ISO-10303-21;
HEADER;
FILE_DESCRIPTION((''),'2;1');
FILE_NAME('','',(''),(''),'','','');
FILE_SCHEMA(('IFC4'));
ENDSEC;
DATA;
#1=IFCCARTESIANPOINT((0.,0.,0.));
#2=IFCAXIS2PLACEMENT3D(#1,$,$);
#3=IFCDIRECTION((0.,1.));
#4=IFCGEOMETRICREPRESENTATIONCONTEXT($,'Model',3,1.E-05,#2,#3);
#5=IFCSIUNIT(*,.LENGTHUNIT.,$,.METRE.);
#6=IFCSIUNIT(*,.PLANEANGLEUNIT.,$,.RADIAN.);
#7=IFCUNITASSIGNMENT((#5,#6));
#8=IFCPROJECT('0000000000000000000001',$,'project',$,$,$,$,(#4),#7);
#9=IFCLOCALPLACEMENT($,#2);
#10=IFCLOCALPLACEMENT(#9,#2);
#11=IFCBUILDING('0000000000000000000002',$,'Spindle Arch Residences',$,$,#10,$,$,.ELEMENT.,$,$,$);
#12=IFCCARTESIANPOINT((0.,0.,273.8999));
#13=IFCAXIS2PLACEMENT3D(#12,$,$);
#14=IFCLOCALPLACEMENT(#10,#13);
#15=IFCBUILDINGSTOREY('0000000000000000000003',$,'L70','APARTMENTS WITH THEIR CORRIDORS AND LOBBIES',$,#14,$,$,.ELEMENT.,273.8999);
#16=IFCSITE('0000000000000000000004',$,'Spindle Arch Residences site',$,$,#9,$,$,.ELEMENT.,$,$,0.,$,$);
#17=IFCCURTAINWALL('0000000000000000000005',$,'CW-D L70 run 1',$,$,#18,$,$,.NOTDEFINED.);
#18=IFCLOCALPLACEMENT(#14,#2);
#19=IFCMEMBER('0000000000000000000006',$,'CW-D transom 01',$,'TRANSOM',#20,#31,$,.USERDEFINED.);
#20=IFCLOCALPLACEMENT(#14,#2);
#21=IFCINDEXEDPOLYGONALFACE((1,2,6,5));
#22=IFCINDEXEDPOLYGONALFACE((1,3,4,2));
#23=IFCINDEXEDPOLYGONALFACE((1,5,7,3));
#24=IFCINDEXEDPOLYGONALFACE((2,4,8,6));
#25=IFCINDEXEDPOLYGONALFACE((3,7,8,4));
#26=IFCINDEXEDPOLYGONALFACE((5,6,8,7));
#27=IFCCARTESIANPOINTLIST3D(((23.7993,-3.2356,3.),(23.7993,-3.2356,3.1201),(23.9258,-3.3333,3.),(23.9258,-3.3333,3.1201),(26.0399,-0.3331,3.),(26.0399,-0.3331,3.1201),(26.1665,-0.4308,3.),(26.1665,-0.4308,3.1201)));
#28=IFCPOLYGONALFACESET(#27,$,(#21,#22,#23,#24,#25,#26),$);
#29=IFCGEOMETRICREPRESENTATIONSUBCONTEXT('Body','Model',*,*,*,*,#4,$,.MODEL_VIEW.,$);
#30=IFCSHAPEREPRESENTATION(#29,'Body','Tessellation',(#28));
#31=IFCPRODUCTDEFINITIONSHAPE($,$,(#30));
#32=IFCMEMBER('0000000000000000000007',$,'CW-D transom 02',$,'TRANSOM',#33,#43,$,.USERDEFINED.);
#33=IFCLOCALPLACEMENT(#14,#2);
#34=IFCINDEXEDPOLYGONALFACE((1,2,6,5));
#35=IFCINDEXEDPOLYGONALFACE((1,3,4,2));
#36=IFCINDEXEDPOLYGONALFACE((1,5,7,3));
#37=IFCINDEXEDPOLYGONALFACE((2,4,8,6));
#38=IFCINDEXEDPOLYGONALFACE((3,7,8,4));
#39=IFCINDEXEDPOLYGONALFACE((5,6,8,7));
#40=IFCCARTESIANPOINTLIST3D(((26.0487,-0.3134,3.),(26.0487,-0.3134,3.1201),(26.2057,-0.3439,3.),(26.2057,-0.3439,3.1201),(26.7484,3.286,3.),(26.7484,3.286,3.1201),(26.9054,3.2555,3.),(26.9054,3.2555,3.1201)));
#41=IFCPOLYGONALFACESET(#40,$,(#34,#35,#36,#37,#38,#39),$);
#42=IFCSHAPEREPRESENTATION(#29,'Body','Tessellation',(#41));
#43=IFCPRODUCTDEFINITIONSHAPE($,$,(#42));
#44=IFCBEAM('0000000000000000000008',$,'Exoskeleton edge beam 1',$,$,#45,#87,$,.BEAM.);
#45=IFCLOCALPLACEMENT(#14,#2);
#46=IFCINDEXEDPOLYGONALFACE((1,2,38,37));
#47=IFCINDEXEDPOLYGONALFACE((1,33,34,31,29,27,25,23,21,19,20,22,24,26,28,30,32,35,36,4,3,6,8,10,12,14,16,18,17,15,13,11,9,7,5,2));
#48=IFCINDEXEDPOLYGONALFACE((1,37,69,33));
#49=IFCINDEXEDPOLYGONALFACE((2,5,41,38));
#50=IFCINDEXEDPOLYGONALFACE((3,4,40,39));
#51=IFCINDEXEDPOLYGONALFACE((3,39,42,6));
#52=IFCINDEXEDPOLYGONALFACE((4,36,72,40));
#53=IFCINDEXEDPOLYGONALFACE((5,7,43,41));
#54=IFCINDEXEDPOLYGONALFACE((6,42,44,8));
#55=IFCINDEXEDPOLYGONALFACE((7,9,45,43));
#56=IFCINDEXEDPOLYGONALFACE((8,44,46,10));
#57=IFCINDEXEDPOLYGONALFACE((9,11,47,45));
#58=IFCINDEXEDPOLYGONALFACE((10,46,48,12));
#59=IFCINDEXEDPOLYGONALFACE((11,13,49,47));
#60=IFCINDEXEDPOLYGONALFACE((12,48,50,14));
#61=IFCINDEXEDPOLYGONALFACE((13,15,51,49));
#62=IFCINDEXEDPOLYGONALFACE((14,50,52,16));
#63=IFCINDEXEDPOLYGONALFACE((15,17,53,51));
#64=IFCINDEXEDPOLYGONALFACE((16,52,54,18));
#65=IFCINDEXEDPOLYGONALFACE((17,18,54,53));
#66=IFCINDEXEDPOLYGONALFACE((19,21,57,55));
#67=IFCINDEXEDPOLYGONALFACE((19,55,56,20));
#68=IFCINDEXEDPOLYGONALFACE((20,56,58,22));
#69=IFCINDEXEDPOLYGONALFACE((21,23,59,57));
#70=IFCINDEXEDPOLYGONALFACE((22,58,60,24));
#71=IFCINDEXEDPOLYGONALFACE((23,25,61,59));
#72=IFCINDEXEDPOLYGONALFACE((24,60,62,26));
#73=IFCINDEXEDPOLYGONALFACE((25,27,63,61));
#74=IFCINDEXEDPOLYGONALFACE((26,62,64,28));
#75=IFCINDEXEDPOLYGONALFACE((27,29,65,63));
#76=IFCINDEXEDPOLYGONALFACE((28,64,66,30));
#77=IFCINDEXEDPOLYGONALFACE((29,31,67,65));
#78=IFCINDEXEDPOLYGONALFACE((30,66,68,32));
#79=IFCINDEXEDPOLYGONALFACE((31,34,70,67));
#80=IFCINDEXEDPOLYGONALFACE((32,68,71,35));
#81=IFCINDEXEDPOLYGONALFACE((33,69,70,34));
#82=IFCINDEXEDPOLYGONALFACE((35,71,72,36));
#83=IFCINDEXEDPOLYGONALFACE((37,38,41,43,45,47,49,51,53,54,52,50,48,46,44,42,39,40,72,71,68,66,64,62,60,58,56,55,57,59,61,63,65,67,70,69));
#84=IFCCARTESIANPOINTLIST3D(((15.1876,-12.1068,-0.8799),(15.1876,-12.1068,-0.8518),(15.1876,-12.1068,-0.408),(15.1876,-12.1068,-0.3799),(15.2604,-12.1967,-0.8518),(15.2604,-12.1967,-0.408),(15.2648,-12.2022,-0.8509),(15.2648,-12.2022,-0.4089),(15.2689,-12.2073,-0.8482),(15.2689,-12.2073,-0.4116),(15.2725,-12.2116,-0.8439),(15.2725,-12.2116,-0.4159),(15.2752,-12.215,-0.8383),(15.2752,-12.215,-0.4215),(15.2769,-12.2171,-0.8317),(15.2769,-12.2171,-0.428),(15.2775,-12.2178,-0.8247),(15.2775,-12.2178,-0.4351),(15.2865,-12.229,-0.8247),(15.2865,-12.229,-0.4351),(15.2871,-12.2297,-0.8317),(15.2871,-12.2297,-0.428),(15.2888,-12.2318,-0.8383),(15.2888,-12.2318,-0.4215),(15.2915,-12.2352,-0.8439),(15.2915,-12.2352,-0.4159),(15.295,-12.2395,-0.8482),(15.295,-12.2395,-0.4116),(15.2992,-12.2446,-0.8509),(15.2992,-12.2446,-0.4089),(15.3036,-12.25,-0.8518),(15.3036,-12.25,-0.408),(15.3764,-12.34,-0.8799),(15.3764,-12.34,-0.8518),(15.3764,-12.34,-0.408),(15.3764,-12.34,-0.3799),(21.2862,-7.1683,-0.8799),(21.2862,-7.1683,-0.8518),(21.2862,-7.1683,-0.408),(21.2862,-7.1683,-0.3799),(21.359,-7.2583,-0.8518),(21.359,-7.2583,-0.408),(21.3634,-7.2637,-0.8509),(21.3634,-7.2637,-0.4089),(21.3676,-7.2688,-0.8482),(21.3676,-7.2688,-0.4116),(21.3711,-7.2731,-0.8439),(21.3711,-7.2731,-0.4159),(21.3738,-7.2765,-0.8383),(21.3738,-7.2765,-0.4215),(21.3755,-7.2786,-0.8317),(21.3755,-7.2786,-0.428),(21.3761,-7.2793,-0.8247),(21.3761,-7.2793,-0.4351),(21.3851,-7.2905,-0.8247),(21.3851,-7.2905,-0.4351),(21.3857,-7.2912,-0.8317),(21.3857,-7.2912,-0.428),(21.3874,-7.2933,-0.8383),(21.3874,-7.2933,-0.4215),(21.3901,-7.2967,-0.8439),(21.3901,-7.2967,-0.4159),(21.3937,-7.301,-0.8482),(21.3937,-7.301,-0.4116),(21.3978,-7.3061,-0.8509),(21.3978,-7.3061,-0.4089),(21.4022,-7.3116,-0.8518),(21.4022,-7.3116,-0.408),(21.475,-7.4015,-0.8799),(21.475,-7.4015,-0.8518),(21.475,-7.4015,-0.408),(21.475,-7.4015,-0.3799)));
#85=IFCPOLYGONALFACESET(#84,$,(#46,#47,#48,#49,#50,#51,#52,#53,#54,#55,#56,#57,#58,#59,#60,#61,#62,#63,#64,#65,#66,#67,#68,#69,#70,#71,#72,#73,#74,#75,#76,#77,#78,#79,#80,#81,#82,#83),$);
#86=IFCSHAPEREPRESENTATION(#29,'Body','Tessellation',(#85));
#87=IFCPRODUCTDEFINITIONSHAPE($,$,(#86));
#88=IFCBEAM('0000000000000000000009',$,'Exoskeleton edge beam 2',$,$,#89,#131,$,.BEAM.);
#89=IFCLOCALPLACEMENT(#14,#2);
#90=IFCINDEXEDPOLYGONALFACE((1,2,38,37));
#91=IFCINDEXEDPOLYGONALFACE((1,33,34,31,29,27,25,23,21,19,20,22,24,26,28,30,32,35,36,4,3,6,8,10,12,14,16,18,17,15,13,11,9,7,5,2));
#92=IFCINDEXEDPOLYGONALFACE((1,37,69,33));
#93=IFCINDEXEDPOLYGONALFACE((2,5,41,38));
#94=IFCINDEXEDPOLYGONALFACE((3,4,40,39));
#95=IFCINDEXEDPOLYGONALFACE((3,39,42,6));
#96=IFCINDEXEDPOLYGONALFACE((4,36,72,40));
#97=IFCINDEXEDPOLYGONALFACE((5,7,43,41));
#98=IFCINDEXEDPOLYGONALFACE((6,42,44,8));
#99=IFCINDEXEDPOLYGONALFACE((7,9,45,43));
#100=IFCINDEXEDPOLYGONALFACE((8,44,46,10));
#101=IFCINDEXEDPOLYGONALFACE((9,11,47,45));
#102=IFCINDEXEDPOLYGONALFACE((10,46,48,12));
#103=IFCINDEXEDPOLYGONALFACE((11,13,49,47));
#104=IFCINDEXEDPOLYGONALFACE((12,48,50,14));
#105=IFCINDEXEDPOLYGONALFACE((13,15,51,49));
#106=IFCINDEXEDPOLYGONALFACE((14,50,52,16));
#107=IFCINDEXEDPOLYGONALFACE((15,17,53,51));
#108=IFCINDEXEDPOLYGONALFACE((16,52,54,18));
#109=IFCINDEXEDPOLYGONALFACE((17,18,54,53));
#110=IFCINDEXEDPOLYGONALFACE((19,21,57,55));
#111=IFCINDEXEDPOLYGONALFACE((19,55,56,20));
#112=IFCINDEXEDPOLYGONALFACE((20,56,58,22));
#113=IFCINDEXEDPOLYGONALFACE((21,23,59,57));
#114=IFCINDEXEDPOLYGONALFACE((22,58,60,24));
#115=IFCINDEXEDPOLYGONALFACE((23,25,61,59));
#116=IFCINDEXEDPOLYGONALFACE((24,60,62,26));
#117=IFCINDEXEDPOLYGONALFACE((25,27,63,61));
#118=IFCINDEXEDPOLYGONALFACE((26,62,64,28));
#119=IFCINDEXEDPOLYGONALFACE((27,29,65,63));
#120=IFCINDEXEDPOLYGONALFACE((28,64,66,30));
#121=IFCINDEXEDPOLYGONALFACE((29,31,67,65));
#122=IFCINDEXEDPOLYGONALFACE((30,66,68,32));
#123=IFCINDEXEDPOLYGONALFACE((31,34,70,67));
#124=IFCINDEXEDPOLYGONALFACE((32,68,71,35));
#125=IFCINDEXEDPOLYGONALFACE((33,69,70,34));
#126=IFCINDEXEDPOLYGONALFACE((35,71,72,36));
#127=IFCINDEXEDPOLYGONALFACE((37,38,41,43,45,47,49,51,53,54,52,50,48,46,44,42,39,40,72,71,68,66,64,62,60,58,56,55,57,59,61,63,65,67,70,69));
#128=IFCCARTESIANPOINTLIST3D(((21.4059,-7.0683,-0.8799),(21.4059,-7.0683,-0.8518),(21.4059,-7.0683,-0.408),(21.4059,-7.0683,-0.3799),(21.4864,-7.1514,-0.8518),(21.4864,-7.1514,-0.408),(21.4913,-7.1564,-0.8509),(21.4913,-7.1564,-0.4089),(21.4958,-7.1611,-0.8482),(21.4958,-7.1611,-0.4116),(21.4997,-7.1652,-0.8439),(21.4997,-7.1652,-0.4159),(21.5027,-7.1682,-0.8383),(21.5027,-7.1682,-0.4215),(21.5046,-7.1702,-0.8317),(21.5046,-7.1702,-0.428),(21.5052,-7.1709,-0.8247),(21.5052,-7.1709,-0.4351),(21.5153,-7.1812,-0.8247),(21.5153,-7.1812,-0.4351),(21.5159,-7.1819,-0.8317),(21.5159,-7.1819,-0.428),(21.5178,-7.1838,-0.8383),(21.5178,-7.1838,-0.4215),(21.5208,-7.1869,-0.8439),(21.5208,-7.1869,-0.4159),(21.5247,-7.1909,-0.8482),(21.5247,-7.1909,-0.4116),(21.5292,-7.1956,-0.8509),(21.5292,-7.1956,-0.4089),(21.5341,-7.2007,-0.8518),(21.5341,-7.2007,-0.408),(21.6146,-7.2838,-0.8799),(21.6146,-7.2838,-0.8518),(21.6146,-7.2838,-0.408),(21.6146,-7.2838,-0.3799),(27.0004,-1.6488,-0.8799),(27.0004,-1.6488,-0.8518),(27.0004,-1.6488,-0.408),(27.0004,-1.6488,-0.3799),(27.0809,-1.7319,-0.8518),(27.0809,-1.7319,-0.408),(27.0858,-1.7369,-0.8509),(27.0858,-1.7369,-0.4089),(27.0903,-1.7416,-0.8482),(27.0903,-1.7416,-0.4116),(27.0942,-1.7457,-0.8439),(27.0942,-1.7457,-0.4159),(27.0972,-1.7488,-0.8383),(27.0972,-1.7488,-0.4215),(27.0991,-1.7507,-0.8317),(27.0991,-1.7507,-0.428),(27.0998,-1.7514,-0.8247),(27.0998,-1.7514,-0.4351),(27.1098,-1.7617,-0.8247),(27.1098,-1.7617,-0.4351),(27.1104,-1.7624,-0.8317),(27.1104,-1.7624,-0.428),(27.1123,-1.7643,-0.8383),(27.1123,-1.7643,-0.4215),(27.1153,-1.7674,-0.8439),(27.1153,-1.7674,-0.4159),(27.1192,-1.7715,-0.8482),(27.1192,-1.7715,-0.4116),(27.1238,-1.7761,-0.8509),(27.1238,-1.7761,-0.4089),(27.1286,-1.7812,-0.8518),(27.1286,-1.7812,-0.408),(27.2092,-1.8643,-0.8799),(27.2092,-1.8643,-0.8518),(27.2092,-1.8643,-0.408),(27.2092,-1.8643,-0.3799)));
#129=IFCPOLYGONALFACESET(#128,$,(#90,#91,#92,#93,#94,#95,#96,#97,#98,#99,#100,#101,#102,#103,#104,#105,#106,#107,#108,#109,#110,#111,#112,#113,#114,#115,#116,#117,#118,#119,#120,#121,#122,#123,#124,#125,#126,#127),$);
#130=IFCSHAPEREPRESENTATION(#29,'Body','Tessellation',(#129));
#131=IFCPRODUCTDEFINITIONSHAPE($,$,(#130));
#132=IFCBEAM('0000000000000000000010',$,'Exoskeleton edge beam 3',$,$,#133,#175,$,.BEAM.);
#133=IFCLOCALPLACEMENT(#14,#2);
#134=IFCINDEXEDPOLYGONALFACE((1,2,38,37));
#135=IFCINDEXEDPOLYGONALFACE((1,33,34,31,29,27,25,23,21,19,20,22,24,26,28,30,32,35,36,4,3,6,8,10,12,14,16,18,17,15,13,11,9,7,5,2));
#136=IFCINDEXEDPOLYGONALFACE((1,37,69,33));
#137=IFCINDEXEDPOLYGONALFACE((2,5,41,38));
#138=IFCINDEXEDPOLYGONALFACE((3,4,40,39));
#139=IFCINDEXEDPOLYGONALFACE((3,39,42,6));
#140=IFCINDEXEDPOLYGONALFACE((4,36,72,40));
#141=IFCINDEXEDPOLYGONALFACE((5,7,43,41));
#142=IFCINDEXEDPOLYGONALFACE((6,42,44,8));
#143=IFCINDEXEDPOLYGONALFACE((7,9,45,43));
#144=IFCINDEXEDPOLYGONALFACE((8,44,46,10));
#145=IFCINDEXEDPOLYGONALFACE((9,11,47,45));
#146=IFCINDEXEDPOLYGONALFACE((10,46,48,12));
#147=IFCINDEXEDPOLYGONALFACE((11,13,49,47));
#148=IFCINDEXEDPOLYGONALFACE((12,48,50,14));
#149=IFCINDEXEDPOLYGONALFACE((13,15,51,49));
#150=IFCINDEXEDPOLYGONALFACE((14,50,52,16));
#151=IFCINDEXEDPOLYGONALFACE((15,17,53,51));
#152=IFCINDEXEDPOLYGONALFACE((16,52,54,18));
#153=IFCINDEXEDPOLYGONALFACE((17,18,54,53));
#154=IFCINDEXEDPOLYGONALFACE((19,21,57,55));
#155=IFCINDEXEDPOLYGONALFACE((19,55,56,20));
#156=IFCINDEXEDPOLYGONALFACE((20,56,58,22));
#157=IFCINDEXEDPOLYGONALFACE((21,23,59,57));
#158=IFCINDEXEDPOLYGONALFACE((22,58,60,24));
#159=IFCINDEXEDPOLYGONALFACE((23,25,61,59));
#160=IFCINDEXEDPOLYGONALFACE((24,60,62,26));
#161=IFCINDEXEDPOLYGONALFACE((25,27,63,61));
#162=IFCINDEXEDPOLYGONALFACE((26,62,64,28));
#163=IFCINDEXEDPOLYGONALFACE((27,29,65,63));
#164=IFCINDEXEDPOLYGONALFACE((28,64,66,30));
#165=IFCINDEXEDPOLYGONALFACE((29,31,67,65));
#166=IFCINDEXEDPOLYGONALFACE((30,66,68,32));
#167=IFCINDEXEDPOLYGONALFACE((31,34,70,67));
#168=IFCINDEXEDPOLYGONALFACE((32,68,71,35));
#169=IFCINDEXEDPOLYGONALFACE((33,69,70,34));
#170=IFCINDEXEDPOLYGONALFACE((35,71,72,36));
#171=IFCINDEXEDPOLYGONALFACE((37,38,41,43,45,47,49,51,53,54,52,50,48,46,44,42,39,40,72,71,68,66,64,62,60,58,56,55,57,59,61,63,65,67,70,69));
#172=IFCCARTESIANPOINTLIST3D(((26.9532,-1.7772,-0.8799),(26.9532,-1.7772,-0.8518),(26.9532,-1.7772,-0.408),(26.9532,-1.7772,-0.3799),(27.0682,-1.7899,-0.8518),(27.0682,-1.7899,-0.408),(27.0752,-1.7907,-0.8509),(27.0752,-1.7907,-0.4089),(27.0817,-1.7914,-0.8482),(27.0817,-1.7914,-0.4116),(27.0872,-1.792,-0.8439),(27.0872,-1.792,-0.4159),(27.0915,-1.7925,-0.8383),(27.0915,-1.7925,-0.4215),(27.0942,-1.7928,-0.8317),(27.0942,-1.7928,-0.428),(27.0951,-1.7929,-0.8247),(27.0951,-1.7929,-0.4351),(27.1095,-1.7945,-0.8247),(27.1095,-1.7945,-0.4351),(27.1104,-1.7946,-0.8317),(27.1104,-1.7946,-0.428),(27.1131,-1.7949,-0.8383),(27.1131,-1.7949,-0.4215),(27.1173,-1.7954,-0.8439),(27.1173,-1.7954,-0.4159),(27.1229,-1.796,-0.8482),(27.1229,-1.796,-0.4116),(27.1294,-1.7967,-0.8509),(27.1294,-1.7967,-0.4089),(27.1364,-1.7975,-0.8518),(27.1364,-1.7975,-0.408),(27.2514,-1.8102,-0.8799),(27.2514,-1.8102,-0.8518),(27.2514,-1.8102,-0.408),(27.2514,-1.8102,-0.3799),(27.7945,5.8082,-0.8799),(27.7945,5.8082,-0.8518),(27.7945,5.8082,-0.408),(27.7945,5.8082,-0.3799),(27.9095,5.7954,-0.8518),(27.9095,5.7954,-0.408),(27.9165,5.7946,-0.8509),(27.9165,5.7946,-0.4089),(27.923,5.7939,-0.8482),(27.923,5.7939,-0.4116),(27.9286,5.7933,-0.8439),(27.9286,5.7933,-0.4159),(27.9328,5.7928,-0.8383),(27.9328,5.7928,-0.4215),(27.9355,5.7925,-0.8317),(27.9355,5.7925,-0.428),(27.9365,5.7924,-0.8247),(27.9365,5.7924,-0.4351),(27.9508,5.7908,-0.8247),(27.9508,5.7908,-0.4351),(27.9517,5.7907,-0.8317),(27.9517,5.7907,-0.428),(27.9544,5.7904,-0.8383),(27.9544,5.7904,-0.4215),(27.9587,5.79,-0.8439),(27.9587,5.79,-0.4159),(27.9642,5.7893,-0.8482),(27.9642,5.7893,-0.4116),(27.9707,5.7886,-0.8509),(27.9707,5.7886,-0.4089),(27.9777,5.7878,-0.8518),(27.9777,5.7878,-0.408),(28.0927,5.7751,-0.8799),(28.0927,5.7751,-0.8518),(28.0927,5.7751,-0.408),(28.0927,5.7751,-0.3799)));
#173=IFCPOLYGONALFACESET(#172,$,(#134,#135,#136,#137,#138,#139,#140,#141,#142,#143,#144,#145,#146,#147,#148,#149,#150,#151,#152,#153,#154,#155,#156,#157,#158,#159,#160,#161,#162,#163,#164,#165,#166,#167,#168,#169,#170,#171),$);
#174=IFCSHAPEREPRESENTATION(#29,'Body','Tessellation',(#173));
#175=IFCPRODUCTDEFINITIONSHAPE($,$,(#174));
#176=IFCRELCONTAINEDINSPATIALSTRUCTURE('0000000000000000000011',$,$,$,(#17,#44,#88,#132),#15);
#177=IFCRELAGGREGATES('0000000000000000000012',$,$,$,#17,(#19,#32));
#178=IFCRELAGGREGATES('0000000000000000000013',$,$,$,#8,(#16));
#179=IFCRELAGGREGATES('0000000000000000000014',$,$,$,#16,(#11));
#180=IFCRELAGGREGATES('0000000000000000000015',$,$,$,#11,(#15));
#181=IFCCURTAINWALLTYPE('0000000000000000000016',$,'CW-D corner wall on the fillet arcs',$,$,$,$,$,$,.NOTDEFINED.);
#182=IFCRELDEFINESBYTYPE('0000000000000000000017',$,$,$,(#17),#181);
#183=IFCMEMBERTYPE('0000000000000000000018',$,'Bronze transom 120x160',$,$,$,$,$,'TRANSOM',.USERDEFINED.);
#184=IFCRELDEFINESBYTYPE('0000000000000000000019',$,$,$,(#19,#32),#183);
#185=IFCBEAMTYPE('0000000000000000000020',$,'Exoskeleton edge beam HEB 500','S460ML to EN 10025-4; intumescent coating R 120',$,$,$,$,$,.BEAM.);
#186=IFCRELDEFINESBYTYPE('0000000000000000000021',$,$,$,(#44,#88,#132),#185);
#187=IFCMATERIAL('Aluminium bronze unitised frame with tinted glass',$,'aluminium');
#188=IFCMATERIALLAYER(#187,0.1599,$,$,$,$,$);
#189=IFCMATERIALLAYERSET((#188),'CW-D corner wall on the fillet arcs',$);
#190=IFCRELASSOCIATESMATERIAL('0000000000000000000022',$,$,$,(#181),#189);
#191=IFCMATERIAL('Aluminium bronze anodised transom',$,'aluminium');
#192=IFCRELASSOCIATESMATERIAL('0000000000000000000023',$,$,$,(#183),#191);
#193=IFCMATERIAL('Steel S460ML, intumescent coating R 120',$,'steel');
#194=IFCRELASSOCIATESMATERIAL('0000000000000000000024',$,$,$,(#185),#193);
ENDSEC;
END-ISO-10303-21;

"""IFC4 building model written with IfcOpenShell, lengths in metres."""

from ifc_helpers import new_model, si_unit, direction, frame, origin, origin_2d, place, context, subcontext, project, spatial, rectangle, i_section, extrude, material, layer, layer_set, material_profile, profile_set, type_object, element, aggregate, save


model = new_model("IFC4")

# Units and contexts
model_context = context("Model", 3, precision=1e-05, world=origin(), true_north=direction((0.0, 1.0)))
body_context = subcontext(model_context, "Body", "Model", "MODEL_VIEW")
ifc_project = project(units=[si_unit("LENGTHUNIT", "METRE"), si_unit("PLANEANGLEUNIT", "RADIAN")], contexts=[model_context])

# Site, building, storey
site_placement = place(None, origin())
site = spatial("IfcSite", under=ifc_project, at=site_placement, Name="Spindle Arch Residences site", CompositionType="ELEMENT", RefElevation=0.0)
building_placement = place(site_placement, origin())
building = spatial("IfcBuilding", under=site, at=building_placement, Name="Spindle Arch Residences", CompositionType="ELEMENT")
storey_placement = place(building_placement, frame((0.0, 0.0, 273.8999)))
storey = spatial("IfcBuildingStorey", under=building, at=storey_placement, Name="L70", Description="APARTMENTS WITH THEIR CORRIDORS AND LOBBIES", CompositionType="ELEMENT", Elevation=273.8999)

# Curtain wall, members
ifc_material_1 = material(Name="Aluminium bronze unitised frame with tinted glass", Category="aluminium")
ifc_layer_1 = layer(ifc_material_1, 0.1599)
ifc_layer_set_1 = layer_set([ifc_layer_1], Name="CW-D corner wall on the fillet arcs")
curtain_wall_type_1 = type_object("IfcCurtainWallType", Name="CW-D corner wall on the fillet arcs", PredefinedType="NOTDEFINED", material=ifc_layer_set_1)
curtain_wall_1_placement = place(storey_placement, origin())
curtain_wall_1 = element("IfcCurtainWall", 1, at=curtain_wall_1_placement, inside=storey, type_object=curtain_wall_type_1, Name="CW-D L70 run 1", PredefinedType="NOTDEFINED")
ifc_material_2 = material(Name="Aluminium bronze anodised transom", Category="aluminium")
ifc_material_profile_1 = material_profile(ifc_material_2, rectangle(XDim=0.1599, YDim=0.1201, at=origin_2d()), Name="TR 120x160")
ifc_profile_set_1 = profile_set([ifc_material_profile_1], Name="Aluminium bronze anodised transom")
member_type_1 = type_object("IfcMemberType", Name="Bronze transom 120x160", ElementType="TRANSOM", PredefinedType="USERDEFINED", material=ifc_profile_set_1)
member_1_placement = place(storey_placement, frame((23.8625, -3.2844, 3.0601), z_axis=(0.611074, 0.791573, 0.0), x_axis=(-0.791573, 0.611074, 0.0)))
member_1 = element("IfcMember", 2, at=member_1_placement, type_object=member_type_1, Name="CW-D transom 01", ObjectType="TRANSOM", PredefinedType="USERDEFINED", context=body_context, shape_type="SweptSolid", body=[
    extrude(rectangle(XDim=0.1599, YDim=0.1201, at=origin_2d()), origin(), (0.0, 0.0, 1.0), 3.6667),
])
member_2_placement = place(storey_placement, frame((26.1272, -0.3286, 3.0601), z_axis=(0.190825, 0.981624, 0.0), x_axis=(-0.981624, 0.190825, 0.0)))
member_2 = element("IfcMember", 3, at=member_2_placement, type_object=member_type_1, Name="CW-D transom 02", ObjectType="TRANSOM", PredefinedType="USERDEFINED", context=body_context, shape_type="SweptSolid", body=[
    extrude(rectangle(XDim=0.1599, YDim=0.1201, at=origin_2d()), origin(), (0.0, 0.0, 1.0), 3.6667),
])

# Beams
ifc_material_3 = material(Name="Steel S460ML, intumescent coating R 120", Category="steel")
ifc_material_profile_2 = material_profile(ifc_material_3, i_section(OverallWidth=0.3, OverallDepth=0.5, WebThickness=0.0144, FlangeThickness=0.0281, FilletRadius=0.0271, at=origin_2d()), Name="HEB 500")
ifc_profile_set_2 = profile_set([ifc_material_profile_2], Name="Steel S460ML, intumescent coating R 120")
beam_type_1 = type_object("IfcBeamType", Name="Exoskeleton edge beam HEB 500", Description="S460ML to EN 10025-4; intumescent coating R 120", PredefinedType="BEAM", material=ifc_profile_set_2)
beam_1_placement = place(storey_placement, frame((15.282, -12.2234, -0.6299), z_axis=(0.777152, 0.629313, 0.0), x_axis=(-0.629313, 0.777152, 0.0)))
element("IfcBeam", 4, at=beam_1_placement, inside=storey, type_object=beam_type_1, Name="Exoskeleton edge beam 1", PredefinedType="BEAM", context=body_context, shape_type="SweptSolid", body=[
    extrude(i_section(OverallWidth=0.3, OverallDepth=0.5, WebThickness=0.0144, FlangeThickness=0.0281, FilletRadius=0.0271, at=origin_2d()), origin(), (0.0, 0.0, 1.0), 7.8474),
])
beam_2_placement = place(storey_placement, frame((21.5103, -7.176, -0.6299), z_axis=(0.718254, 0.695781, 0.0), x_axis=(-0.695781, 0.718254, 0.0)))
element("IfcBeam", 5, at=beam_2_placement, inside=storey, type_object=beam_type_1, Name="Exoskeleton edge beam 2", PredefinedType="BEAM", context=body_context, shape_type="SweptSolid", body=[
    extrude(i_section(OverallWidth=0.3, OverallDepth=0.5, WebThickness=0.0144, FlangeThickness=0.0281, FilletRadius=0.0271, at=origin_2d()), origin(), (0.0, 0.0, 1.0), 7.7891),
])
beam_3_placement = place(storey_placement, frame((27.1023, -1.7937, -0.6299), z_axis=(0.110238, 0.993905, 0.0), x_axis=(-0.993905, 0.110238, 0.0)))
element("IfcBeam", 6, at=beam_3_placement, inside=storey, type_object=beam_type_1, Name="Exoskeleton edge beam 3", PredefinedType="BEAM", context=body_context, shape_type="SweptSolid", body=[
    extrude(i_section(OverallWidth=0.3, OverallDepth=0.5, WebThickness=0.0144, FlangeThickness=0.0281, FilletRadius=0.0271, at=origin_2d()), origin(), (0.0, 0.0, 1.0), 7.6318),
])

aggregate(curtain_wall_1, [member_1, member_2])

save(model, "model.ifc")
